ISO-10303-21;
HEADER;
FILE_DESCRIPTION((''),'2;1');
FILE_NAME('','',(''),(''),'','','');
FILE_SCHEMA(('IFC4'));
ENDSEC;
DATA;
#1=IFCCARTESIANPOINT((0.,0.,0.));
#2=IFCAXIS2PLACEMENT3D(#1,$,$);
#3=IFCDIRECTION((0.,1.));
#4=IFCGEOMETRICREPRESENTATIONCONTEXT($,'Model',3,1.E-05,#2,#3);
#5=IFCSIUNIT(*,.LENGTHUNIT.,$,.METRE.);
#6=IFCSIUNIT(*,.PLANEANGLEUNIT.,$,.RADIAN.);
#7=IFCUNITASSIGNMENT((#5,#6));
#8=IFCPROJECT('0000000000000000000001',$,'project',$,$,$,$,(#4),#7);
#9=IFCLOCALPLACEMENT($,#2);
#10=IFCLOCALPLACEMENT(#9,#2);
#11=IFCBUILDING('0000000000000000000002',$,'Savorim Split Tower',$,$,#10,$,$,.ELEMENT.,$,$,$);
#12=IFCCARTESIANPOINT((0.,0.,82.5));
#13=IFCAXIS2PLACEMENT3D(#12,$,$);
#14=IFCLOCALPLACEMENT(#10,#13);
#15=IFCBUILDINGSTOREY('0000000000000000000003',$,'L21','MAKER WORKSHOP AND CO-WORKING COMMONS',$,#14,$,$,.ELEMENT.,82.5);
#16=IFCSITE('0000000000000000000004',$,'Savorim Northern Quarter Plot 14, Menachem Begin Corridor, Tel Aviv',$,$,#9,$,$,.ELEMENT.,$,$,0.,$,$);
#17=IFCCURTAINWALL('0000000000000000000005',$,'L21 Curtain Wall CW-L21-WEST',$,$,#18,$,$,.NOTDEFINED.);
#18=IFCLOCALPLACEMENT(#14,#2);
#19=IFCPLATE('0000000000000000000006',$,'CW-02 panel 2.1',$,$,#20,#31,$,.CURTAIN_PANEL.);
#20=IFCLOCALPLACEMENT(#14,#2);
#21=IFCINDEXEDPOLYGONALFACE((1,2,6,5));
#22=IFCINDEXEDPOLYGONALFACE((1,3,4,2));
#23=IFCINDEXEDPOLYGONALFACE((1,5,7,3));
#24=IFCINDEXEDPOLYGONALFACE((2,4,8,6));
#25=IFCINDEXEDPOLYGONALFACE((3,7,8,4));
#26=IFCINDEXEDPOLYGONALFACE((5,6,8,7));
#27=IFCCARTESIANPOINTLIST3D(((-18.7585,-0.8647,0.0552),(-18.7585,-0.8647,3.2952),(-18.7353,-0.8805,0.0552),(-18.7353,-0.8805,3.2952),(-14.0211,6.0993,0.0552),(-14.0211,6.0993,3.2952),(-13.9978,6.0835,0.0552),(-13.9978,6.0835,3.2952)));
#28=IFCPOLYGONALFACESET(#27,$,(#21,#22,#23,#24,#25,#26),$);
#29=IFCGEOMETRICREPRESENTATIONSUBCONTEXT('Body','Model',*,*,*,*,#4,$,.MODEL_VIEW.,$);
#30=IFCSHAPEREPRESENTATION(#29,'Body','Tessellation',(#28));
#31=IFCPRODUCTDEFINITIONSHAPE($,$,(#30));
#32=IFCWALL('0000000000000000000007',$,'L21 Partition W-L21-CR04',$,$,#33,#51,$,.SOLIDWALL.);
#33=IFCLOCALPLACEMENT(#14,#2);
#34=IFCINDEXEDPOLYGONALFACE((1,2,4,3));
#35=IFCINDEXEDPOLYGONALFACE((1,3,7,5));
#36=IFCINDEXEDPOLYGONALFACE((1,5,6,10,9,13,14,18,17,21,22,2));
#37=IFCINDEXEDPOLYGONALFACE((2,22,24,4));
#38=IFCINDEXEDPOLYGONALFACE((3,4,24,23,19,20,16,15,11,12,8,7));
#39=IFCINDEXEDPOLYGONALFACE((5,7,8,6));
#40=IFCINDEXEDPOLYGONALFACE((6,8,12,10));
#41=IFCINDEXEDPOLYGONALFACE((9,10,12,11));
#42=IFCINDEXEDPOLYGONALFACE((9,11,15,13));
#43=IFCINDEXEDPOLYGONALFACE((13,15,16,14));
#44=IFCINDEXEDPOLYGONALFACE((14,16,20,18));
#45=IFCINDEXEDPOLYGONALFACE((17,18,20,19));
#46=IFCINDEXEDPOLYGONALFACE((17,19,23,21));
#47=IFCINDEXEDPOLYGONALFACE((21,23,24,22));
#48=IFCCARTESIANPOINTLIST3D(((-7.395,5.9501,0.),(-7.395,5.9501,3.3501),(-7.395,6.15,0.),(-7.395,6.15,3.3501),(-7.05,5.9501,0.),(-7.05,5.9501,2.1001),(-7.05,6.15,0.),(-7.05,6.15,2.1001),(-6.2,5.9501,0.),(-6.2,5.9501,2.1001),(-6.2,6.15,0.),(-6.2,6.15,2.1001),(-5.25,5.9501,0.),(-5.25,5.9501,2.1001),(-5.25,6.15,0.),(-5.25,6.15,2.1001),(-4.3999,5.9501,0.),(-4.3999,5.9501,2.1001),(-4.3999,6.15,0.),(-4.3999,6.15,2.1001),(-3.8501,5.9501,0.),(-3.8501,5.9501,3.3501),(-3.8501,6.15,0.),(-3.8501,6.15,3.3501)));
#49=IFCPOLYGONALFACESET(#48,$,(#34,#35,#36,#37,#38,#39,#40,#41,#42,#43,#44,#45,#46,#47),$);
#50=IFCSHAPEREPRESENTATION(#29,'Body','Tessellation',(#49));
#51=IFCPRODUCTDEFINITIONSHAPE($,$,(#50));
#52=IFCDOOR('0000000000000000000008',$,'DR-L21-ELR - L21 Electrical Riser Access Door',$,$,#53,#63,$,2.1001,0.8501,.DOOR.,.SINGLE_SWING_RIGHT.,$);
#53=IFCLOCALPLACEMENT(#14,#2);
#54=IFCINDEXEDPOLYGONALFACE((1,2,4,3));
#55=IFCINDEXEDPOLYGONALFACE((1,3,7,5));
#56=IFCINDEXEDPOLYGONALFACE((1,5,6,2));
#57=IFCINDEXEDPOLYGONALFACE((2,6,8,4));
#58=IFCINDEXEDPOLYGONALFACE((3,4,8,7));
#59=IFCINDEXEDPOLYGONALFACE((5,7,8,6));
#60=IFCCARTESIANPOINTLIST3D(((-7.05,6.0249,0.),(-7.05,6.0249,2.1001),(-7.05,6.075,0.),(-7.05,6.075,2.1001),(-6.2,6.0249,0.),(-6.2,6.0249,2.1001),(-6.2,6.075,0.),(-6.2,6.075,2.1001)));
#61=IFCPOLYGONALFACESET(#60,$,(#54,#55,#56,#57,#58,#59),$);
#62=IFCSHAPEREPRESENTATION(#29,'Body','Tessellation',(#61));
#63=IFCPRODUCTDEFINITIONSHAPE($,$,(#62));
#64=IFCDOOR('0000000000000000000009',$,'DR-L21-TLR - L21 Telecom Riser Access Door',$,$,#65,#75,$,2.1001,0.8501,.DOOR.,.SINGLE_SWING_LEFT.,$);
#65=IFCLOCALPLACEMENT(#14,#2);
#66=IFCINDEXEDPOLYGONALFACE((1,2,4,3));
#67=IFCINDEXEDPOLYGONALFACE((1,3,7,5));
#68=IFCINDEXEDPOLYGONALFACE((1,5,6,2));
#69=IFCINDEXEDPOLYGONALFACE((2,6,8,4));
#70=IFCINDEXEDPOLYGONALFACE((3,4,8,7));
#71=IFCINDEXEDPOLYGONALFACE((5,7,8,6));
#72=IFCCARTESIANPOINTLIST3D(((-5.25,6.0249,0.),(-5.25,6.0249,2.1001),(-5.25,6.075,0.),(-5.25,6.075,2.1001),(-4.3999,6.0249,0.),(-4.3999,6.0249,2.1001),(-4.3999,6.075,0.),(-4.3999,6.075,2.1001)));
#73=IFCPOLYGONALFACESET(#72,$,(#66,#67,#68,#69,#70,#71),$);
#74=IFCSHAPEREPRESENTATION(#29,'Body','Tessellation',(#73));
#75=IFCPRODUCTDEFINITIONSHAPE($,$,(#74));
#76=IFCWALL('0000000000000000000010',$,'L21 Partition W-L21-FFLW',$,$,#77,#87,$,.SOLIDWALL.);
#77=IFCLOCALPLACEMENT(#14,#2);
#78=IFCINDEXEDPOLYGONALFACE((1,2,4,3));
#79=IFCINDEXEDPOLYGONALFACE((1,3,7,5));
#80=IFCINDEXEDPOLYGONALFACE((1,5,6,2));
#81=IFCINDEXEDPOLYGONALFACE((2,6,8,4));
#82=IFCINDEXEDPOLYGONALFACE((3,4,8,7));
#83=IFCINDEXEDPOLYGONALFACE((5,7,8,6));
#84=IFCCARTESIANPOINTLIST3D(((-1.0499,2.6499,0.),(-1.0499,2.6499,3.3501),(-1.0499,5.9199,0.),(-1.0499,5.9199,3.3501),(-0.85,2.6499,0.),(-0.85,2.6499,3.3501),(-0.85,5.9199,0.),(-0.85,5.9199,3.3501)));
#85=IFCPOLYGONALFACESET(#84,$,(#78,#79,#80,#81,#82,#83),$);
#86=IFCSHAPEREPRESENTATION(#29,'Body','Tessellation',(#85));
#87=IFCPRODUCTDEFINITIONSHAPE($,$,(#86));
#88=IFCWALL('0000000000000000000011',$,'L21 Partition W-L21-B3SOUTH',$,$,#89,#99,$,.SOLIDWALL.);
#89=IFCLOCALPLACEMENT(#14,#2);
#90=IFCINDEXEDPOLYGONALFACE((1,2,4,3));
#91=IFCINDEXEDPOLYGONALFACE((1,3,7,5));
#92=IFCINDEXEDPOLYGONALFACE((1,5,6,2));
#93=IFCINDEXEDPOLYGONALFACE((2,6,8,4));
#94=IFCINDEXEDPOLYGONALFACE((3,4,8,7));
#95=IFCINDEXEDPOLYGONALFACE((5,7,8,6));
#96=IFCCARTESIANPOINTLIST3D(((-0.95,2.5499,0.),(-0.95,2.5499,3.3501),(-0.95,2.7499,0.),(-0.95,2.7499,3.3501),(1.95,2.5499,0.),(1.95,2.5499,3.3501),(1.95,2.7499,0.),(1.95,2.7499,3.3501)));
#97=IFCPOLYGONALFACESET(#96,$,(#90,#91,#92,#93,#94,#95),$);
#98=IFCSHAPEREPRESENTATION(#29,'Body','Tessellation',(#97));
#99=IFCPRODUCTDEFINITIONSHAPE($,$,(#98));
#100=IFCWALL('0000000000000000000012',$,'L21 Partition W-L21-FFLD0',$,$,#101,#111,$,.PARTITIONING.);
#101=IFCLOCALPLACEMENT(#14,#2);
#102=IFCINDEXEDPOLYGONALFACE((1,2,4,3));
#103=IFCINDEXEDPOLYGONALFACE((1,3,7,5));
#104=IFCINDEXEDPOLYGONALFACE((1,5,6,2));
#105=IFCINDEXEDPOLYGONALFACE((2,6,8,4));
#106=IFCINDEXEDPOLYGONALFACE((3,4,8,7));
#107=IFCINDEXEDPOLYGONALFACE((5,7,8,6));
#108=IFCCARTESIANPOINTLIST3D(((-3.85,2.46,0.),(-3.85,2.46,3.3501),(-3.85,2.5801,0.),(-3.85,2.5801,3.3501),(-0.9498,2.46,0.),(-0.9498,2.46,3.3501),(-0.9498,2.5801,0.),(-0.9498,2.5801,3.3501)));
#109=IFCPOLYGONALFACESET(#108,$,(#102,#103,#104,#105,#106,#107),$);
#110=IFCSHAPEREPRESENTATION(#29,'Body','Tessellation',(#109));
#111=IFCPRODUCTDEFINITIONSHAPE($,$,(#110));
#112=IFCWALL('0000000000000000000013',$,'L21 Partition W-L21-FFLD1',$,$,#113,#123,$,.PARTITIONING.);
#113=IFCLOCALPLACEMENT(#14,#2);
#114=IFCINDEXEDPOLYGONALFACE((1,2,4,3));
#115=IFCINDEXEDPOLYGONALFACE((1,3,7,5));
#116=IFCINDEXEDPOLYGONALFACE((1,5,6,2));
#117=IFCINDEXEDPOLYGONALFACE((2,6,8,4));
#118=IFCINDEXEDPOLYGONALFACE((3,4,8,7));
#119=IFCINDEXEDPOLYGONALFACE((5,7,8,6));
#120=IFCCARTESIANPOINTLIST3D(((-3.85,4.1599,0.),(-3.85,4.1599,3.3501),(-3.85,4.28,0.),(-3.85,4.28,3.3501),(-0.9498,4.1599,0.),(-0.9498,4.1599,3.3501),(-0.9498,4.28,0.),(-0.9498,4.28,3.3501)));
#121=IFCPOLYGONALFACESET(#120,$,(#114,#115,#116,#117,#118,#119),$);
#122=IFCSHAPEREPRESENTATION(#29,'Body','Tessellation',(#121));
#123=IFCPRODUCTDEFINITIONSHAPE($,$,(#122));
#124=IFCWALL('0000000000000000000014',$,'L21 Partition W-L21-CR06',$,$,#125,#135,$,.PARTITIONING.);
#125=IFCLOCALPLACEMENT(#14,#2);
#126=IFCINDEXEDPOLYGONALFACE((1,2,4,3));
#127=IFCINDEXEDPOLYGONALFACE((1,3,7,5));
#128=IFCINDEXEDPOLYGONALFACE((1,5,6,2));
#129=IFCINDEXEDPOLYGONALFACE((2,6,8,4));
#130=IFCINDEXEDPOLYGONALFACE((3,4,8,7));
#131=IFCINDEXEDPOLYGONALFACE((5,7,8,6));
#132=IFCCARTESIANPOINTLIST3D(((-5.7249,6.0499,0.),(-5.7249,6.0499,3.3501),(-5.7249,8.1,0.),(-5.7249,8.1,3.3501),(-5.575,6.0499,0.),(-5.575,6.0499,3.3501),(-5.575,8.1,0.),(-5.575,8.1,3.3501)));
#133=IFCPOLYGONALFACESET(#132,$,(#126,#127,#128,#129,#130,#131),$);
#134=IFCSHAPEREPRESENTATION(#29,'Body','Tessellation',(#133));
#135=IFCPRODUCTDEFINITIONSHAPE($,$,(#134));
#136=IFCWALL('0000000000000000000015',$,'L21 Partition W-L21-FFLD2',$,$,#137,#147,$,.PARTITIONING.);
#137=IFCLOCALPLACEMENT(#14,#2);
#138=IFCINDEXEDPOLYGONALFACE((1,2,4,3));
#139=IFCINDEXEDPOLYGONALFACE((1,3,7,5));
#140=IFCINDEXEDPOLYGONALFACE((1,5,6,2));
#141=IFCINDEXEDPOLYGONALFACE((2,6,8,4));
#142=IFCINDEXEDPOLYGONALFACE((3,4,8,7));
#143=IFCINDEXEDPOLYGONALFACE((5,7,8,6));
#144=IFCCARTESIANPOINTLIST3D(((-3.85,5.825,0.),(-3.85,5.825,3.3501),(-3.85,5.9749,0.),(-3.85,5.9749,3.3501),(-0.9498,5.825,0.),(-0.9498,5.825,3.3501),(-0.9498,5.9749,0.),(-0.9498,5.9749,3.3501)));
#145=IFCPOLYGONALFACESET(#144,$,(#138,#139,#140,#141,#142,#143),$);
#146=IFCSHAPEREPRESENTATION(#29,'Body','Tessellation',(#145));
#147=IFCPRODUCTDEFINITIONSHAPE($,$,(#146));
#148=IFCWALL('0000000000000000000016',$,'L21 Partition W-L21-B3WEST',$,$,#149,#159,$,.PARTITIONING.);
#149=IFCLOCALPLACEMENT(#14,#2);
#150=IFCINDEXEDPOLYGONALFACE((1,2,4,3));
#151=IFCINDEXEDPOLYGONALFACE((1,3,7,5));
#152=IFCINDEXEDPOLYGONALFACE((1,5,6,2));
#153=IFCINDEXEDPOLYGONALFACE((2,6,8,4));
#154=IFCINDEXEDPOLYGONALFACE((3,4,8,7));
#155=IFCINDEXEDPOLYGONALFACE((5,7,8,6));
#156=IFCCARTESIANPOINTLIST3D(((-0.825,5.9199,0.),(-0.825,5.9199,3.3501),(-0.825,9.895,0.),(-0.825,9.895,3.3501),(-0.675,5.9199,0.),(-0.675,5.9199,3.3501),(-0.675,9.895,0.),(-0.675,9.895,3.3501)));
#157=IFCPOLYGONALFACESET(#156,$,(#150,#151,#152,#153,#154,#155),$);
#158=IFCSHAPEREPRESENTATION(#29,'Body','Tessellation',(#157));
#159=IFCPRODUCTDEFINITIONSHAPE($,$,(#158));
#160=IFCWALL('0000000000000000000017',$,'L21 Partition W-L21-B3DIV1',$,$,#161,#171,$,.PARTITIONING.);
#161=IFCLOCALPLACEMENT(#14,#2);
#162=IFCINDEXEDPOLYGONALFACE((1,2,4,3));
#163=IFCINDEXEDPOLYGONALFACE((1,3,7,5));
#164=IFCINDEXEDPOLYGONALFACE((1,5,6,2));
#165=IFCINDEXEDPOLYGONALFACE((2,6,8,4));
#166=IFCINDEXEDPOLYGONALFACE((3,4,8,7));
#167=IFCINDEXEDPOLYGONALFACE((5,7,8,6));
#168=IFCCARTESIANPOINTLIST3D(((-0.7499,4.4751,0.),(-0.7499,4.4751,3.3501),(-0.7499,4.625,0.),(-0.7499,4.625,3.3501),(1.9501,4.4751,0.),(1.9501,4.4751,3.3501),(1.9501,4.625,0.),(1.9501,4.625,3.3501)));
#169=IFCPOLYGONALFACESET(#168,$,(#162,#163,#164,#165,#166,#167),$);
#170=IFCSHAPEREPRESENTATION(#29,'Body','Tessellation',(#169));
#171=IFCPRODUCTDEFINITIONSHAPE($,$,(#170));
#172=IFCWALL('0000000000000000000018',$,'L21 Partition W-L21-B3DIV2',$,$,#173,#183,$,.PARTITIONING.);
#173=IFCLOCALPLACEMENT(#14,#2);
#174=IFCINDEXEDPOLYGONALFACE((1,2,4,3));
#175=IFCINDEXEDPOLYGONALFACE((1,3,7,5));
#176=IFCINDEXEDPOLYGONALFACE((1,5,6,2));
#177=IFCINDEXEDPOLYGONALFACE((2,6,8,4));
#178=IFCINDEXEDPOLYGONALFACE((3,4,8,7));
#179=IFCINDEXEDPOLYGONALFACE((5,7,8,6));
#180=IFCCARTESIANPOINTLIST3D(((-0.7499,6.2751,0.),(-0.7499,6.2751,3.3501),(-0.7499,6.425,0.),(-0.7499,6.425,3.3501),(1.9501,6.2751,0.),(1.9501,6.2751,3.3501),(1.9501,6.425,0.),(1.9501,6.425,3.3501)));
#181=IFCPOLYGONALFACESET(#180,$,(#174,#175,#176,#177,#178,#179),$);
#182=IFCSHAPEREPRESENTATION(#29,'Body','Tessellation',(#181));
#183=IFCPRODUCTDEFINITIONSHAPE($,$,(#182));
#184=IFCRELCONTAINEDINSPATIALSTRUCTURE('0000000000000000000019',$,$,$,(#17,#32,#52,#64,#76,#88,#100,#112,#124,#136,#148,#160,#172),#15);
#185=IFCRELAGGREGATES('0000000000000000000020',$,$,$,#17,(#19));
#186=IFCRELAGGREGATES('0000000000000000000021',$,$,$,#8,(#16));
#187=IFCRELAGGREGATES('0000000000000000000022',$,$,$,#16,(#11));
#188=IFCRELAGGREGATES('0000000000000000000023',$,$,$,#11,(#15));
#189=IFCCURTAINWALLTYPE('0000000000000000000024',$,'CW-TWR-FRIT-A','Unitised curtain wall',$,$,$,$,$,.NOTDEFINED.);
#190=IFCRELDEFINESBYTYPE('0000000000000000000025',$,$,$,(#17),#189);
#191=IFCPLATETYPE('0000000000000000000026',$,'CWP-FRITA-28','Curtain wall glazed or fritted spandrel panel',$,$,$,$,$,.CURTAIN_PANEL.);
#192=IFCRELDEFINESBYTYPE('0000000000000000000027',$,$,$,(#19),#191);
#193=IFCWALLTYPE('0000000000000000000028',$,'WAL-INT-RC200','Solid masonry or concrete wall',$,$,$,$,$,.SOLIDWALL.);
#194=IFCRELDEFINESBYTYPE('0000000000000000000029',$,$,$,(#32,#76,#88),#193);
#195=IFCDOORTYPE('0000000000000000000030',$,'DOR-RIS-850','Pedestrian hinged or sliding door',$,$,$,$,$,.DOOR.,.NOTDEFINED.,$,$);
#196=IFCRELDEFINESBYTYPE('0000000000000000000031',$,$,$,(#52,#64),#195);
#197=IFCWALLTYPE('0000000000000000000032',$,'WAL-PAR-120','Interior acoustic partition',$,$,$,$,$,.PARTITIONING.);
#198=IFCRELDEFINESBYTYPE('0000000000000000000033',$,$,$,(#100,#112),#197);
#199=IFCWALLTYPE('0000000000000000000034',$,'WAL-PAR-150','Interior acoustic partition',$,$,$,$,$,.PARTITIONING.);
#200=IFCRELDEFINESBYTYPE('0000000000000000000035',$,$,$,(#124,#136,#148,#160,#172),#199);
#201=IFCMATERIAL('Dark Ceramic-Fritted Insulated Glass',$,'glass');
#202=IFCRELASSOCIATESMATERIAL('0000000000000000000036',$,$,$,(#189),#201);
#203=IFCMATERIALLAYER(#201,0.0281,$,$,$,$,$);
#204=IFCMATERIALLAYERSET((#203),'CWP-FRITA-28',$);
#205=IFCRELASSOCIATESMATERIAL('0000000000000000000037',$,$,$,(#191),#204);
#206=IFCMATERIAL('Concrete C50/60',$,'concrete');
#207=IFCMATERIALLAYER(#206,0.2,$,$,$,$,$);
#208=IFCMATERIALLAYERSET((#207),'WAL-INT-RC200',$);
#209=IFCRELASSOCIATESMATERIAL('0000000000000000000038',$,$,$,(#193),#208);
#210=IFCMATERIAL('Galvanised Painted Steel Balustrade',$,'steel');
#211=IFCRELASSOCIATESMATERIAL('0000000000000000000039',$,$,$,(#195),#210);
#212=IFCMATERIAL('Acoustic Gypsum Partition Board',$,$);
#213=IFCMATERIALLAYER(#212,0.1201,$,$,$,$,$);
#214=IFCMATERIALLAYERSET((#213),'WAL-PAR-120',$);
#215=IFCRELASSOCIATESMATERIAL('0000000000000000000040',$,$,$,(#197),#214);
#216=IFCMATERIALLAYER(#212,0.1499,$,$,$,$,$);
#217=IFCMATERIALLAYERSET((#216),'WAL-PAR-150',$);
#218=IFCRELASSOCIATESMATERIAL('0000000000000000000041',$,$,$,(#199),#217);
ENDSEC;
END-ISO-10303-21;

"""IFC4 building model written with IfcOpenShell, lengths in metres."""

from ifc_helpers import new_model, si_unit, direction, frame, frame_2d, origin, origin_2d, place, context, subcontext, project, spatial, rectangle, extrude, material, layer, layer_set, type_object, element, fill, aggregate, save


model = new_model("IFC4")

# Units and contexts
model_context = context("Model", 3, precision=1e-05, world=origin(), true_north=direction((0.0, 1.0)))
body_context = subcontext(model_context, "Body", "Model", "MODEL_VIEW")
ifc_project = project(units=[si_unit("LENGTHUNIT", "METRE"), si_unit("PLANEANGLEUNIT", "RADIAN")], contexts=[model_context])

# Site, building, storey
site_placement = place(None, origin())
site = spatial("IfcSite", under=ifc_project, at=site_placement, Name="Savorim Northern Quarter Plot 14, Menachem Begin Corridor, Tel Aviv", CompositionType="ELEMENT", RefElevation=0.0)
building_placement = place(site_placement, origin())
building = spatial("IfcBuilding", under=site, at=building_placement, Name="Savorim Split Tower", CompositionType="ELEMENT")
storey_placement = place(building_placement, frame((0.0, 0.0, 82.5)))
storey = spatial("IfcBuildingStorey", under=building, at=storey_placement, Name="L21", Description="MAKER WORKSHOP AND CO-WORKING COMMONS", CompositionType="ELEMENT", Elevation=82.5)

# Curtain wall, plate
ifc_material_1 = material(Name="Dark Ceramic-Fritted Insulated Glass", Category="glass")
curtain_wall_type = type_object("IfcCurtainWallType", Name="CW-TWR-FRIT-A", Description="Unitised curtain wall", PredefinedType="NOTDEFINED", material=ifc_material_1)
curtain_wall_placement = place(storey_placement, origin())
curtain_wall = element("IfcCurtainWall", 1, at=curtain_wall_placement, inside=storey, type_object=curtain_wall_type, Name="L21 Curtain Wall CW-L21-WEST", PredefinedType="NOTDEFINED")
ifc_layer_1 = layer(ifc_material_1, 0.0281)
ifc_layer_set_1 = layer_set([ifc_layer_1], Name="CWP-FRITA-28")
plate_type = type_object("IfcPlateType", Name="CWP-FRITA-28", Description="Curtain wall glazed or fritted spandrel panel", PredefinedType="CURTAIN_PANEL", material=ifc_layer_set_1)
plate_placement = place(storey_placement, frame((-16.3782, 2.6094, 0.0552), z_axis=(0.0, 0.0, 1.0), x_axis=(-0.562468, -0.826819, 0.0)))
plate = element("IfcPlate", 2, at=plate_placement, type_object=plate_type, Name="CW-02 panel 2.1", PredefinedType="CURTAIN_PANEL", context=body_context, shape_type="SweptSolid", body=[
    extrude(rectangle(XDim=8.4226, YDim=0.0281, at=origin_2d()), origin(), (0.0, 0.0, 1.0), 3.24),
])
aggregate(curtain_wall, [plate])

# Wall, openings, doors
ifc_material_2 = material(Name="Concrete C50/60", Category="concrete")
ifc_layer_2 = layer(ifc_material_2, 0.2)
ifc_layer_set_2 = layer_set([ifc_layer_2], Name="WAL-INT-RC200")
wall_type_1 = type_object("IfcWallType", Name="WAL-INT-RC200", Description="Solid masonry or concrete wall", PredefinedType="SOLIDWALL", material=ifc_layer_set_2)
wall_1_placement = place(storey_placement, frame((-7.395, 6.05, 0.0), z_axis=(0.0, 0.0, 1.0), x_axis=(1.0, 0.0, 0.0)))
wall_1 = element("IfcWall", 3, at=wall_1_placement, inside=storey, type_object=wall_type_1, Name="L21 Partition W-L21-CR04", PredefinedType="SOLIDWALL", context=body_context, shape_type="SweptSolid", body=[
    extrude(rectangle(XDim=3.5449, YDim=0.2, at=frame_2d((1.7725, 0.0))), origin(), (0.0, 0.0, 1.0), 3.3501),
])
opening_1_placement = place(wall_1_placement, frame((0.345, 0.0, 0.0)))
opening_1 = element("IfcOpeningElement", 4, at=opening_1_placement, cuts=wall_1, PredefinedType="OPENING", context=body_context, shape_type="SweptSolid", body=[
    extrude(rectangle(XDim=0.8501, YDim=2.1001, at=frame_2d((0.425, 1.05))), frame((0.0, 0.1099, 0.0), z_axis=(0.0, -1.0, 0.0), x_axis=(1.0, 0.0, 0.0)), (0.0, 0.0, 1.0), 0.22),
])
opening_2_placement = place(wall_1_placement, frame((2.145, 0.0, 0.0)))
opening_2 = element("IfcOpeningElement", 5, at=opening_2_placement, cuts=wall_1, PredefinedType="OPENING", context=body_context, shape_type="SweptSolid", body=[
    extrude(rectangle(XDim=0.8501, YDim=2.1001, at=frame_2d((0.425, 1.05))), frame((0.0, 0.1099, 0.0), z_axis=(0.0, -1.0, 0.0), x_axis=(1.0, 0.0, 0.0)), (0.0, 0.0, 1.0), 0.22),
])
ifc_material_3 = material(Name="Galvanised Painted Steel Balustrade", Category="steel")
door_type = type_object("IfcDoorType", Name="DOR-RIS-850", Description="Pedestrian hinged or sliding door", OperationType="NOTDEFINED", PredefinedType="DOOR", material=ifc_material_3)
door_1_placement = place(opening_1_placement, origin())
door_1 = element("IfcDoor", 6, at=door_1_placement, inside=storey, type_object=door_type, Name="DR-L21-ELR - L21 Electrical Riser Access Door", OperationType="SINGLE_SWING_RIGHT", OverallHeight=2.1001, OverallWidth=0.8501, PredefinedType="DOOR", context=body_context, shape_type="SweptSolid", body=[
    extrude(rectangle(XDim=0.8501, YDim=2.1001, at=frame_2d((0.425, 1.05))), frame((0.0, 0.0249, 0.0), z_axis=(0.0, -1.0, 0.0), x_axis=(1.0, 0.0, 0.0)), (0.0, 0.0, 1.0), 0.05),
])
fill(opening_1, door_1)
door_2_placement = place(opening_2_placement, origin())
door_2 = element("IfcDoor", 7, at=door_2_placement, inside=storey, type_object=door_type, Name="DR-L21-TLR - L21 Telecom Riser Access Door", OperationType="SINGLE_SWING_LEFT", OverallHeight=2.1001, OverallWidth=0.8501, PredefinedType="DOOR", context=body_context, shape_type="SweptSolid", body=[
    extrude(rectangle(XDim=0.8501, YDim=2.1001, at=frame_2d((0.425, 1.05))), frame((0.0, 0.0249, 0.0), z_axis=(0.0, -1.0, 0.0), x_axis=(1.0, 0.0, 0.0)), (0.0, 0.0, 1.0), 0.05),
])
fill(opening_2, door_2)

# Walls
wall_2_placement = place(storey_placement, frame((-0.95, 2.6499, 0.0), z_axis=(0.0, 0.0, 1.0), x_axis=(0.0, 1.0, 0.0)))
element("IfcWall", 8, at=wall_2_placement, inside=storey, type_object=wall_type_1, Name="L21 Partition W-L21-FFLW", PredefinedType="SOLIDWALL", context=body_context, shape_type="SweptSolid", body=[
    extrude(rectangle(XDim=3.27, YDim=0.2, at=frame_2d((1.635, 0.0))), origin(), (0.0, 0.0, 1.0), 3.3501),
])
wall_3_placement = place(storey_placement, frame((-0.95, 2.6499, 0.0), z_axis=(0.0, 0.0, 1.0), x_axis=(1.0, 0.0, 0.0)))
element("IfcWall", 9, at=wall_3_placement, inside=storey, type_object=wall_type_1, Name="L21 Partition W-L21-B3SOUTH", PredefinedType="SOLIDWALL", context=body_context, shape_type="SweptSolid", body=[
    extrude(rectangle(XDim=2.8999, YDim=0.2, at=frame_2d((1.45, 0.0))), origin(), (0.0, 0.0, 1.0), 3.3501),
])
ifc_material_4 = material(Name="Acoustic Gypsum Partition Board")
ifc_layer_3 = layer(ifc_material_4, 0.1201)
ifc_layer_set_3 = layer_set([ifc_layer_3], Name="WAL-PAR-120")
wall_type_2 = type_object("IfcWallType", Name="WAL-PAR-120", Description="Interior acoustic partition", PredefinedType="PARTITIONING", material=ifc_layer_set_3)
for number, where, z_axis, x_axis, name in (
    (10, (-3.8501, 2.52, 0.0), (0.0, 0.0, 1.0), (1.0, 0.0, 0.0), "L21 Partition W-L21-FFLD0"),
    (11, (-3.8501, 4.22, 0.0), (0.0, 0.0, 1.0), (1.0, 0.0, 0.0), "L21 Partition W-L21-FFLD1"),
):
    element("IfcWall", number, at=place(storey_placement, frame(where, z_axis=z_axis, x_axis=x_axis)), inside=storey, type_object=wall_type_2, Name=name, PredefinedType="PARTITIONING", context=body_context, shape_type="SweptSolid", body=[
        extrude(rectangle(XDim=2.9001, YDim=0.1201, at=frame_2d((1.4502, 0.0))), origin(), (0.0, 0.0, 1.0), 3.3501),
    ])
ifc_layer_4 = layer(ifc_material_4, 0.1499)
ifc_layer_set_4 = layer_set([ifc_layer_4], Name="WAL-PAR-150")
wall_type_3 = type_object("IfcWallType", Name="WAL-PAR-150", Description="Interior acoustic partition", PredefinedType="PARTITIONING", material=ifc_layer_set_4)
wall_4_placement = place(storey_placement, frame((-5.6499, 6.05, 0.0), z_axis=(0.0, 0.0, 1.0), x_axis=(0.0, 1.0, 0.0)))
element("IfcWall", 12, at=wall_4_placement, inside=storey, type_object=wall_type_3, Name="L21 Partition W-L21-CR06", PredefinedType="PARTITIONING", context=body_context, shape_type="SweptSolid", body=[
    extrude(rectangle(XDim=2.05, YDim=0.1499, at=frame_2d((1.0249, 0.0))), origin(), (0.0, 0.0, 1.0), 3.3501),
])
wall_5_placement = place(storey_placement, frame((-3.8501, 5.8999, 0.0), z_axis=(0.0, 0.0, 1.0), x_axis=(1.0, 0.0, 0.0)))
element("IfcWall", 13, at=wall_5_placement, inside=storey, type_object=wall_type_3, Name="L21 Partition W-L21-FFLD2", PredefinedType="PARTITIONING", context=body_context, shape_type="SweptSolid", body=[
    extrude(rectangle(XDim=2.9001, YDim=0.1499, at=frame_2d((1.4502, 0.0))), origin(), (0.0, 0.0, 1.0), 3.3501),
])
wall_6_placement = place(storey_placement, frame((-0.75, 5.9199, 0.0), z_axis=(0.0, 0.0, 1.0), x_axis=(0.0, 1.0, 0.0)))
element("IfcWall", 14, at=wall_6_placement, inside=storey, type_object=wall_type_3, Name="L21 Partition W-L21-B3WEST", PredefinedType="PARTITIONING", context=body_context, shape_type="SweptSolid", body=[
    extrude(rectangle(XDim=3.9751, YDim=0.1499, at=frame_2d((1.9875, 0.0))), origin(), (0.0, 0.0, 1.0), 3.3501),
])
for number, where, z_axis, x_axis, name in (
    (15, (-0.75, 4.55, 0.0), (0.0, 0.0, 1.0), (1.0, 0.0, 0.0), "L21 Partition W-L21-B3DIV1"),
    (16, (-0.75, 6.3501, 0.0), (0.0, 0.0, 1.0), (1.0, 0.0, 0.0), "L21 Partition W-L21-B3DIV2"),
):
    element("IfcWall", number, at=place(storey_placement, frame(where, z_axis=z_axis, x_axis=x_axis)), inside=storey, type_object=wall_type_3, Name=name, PredefinedType="PARTITIONING", context=body_context, shape_type="SweptSolid", body=[
        extrude(rectangle(XDim=2.7, YDim=0.1499, at=frame_2d((1.3501, 0.0))), origin(), (0.0, 0.0, 1.0), 3.3501),
    ])

save(model, "model.ifc")
